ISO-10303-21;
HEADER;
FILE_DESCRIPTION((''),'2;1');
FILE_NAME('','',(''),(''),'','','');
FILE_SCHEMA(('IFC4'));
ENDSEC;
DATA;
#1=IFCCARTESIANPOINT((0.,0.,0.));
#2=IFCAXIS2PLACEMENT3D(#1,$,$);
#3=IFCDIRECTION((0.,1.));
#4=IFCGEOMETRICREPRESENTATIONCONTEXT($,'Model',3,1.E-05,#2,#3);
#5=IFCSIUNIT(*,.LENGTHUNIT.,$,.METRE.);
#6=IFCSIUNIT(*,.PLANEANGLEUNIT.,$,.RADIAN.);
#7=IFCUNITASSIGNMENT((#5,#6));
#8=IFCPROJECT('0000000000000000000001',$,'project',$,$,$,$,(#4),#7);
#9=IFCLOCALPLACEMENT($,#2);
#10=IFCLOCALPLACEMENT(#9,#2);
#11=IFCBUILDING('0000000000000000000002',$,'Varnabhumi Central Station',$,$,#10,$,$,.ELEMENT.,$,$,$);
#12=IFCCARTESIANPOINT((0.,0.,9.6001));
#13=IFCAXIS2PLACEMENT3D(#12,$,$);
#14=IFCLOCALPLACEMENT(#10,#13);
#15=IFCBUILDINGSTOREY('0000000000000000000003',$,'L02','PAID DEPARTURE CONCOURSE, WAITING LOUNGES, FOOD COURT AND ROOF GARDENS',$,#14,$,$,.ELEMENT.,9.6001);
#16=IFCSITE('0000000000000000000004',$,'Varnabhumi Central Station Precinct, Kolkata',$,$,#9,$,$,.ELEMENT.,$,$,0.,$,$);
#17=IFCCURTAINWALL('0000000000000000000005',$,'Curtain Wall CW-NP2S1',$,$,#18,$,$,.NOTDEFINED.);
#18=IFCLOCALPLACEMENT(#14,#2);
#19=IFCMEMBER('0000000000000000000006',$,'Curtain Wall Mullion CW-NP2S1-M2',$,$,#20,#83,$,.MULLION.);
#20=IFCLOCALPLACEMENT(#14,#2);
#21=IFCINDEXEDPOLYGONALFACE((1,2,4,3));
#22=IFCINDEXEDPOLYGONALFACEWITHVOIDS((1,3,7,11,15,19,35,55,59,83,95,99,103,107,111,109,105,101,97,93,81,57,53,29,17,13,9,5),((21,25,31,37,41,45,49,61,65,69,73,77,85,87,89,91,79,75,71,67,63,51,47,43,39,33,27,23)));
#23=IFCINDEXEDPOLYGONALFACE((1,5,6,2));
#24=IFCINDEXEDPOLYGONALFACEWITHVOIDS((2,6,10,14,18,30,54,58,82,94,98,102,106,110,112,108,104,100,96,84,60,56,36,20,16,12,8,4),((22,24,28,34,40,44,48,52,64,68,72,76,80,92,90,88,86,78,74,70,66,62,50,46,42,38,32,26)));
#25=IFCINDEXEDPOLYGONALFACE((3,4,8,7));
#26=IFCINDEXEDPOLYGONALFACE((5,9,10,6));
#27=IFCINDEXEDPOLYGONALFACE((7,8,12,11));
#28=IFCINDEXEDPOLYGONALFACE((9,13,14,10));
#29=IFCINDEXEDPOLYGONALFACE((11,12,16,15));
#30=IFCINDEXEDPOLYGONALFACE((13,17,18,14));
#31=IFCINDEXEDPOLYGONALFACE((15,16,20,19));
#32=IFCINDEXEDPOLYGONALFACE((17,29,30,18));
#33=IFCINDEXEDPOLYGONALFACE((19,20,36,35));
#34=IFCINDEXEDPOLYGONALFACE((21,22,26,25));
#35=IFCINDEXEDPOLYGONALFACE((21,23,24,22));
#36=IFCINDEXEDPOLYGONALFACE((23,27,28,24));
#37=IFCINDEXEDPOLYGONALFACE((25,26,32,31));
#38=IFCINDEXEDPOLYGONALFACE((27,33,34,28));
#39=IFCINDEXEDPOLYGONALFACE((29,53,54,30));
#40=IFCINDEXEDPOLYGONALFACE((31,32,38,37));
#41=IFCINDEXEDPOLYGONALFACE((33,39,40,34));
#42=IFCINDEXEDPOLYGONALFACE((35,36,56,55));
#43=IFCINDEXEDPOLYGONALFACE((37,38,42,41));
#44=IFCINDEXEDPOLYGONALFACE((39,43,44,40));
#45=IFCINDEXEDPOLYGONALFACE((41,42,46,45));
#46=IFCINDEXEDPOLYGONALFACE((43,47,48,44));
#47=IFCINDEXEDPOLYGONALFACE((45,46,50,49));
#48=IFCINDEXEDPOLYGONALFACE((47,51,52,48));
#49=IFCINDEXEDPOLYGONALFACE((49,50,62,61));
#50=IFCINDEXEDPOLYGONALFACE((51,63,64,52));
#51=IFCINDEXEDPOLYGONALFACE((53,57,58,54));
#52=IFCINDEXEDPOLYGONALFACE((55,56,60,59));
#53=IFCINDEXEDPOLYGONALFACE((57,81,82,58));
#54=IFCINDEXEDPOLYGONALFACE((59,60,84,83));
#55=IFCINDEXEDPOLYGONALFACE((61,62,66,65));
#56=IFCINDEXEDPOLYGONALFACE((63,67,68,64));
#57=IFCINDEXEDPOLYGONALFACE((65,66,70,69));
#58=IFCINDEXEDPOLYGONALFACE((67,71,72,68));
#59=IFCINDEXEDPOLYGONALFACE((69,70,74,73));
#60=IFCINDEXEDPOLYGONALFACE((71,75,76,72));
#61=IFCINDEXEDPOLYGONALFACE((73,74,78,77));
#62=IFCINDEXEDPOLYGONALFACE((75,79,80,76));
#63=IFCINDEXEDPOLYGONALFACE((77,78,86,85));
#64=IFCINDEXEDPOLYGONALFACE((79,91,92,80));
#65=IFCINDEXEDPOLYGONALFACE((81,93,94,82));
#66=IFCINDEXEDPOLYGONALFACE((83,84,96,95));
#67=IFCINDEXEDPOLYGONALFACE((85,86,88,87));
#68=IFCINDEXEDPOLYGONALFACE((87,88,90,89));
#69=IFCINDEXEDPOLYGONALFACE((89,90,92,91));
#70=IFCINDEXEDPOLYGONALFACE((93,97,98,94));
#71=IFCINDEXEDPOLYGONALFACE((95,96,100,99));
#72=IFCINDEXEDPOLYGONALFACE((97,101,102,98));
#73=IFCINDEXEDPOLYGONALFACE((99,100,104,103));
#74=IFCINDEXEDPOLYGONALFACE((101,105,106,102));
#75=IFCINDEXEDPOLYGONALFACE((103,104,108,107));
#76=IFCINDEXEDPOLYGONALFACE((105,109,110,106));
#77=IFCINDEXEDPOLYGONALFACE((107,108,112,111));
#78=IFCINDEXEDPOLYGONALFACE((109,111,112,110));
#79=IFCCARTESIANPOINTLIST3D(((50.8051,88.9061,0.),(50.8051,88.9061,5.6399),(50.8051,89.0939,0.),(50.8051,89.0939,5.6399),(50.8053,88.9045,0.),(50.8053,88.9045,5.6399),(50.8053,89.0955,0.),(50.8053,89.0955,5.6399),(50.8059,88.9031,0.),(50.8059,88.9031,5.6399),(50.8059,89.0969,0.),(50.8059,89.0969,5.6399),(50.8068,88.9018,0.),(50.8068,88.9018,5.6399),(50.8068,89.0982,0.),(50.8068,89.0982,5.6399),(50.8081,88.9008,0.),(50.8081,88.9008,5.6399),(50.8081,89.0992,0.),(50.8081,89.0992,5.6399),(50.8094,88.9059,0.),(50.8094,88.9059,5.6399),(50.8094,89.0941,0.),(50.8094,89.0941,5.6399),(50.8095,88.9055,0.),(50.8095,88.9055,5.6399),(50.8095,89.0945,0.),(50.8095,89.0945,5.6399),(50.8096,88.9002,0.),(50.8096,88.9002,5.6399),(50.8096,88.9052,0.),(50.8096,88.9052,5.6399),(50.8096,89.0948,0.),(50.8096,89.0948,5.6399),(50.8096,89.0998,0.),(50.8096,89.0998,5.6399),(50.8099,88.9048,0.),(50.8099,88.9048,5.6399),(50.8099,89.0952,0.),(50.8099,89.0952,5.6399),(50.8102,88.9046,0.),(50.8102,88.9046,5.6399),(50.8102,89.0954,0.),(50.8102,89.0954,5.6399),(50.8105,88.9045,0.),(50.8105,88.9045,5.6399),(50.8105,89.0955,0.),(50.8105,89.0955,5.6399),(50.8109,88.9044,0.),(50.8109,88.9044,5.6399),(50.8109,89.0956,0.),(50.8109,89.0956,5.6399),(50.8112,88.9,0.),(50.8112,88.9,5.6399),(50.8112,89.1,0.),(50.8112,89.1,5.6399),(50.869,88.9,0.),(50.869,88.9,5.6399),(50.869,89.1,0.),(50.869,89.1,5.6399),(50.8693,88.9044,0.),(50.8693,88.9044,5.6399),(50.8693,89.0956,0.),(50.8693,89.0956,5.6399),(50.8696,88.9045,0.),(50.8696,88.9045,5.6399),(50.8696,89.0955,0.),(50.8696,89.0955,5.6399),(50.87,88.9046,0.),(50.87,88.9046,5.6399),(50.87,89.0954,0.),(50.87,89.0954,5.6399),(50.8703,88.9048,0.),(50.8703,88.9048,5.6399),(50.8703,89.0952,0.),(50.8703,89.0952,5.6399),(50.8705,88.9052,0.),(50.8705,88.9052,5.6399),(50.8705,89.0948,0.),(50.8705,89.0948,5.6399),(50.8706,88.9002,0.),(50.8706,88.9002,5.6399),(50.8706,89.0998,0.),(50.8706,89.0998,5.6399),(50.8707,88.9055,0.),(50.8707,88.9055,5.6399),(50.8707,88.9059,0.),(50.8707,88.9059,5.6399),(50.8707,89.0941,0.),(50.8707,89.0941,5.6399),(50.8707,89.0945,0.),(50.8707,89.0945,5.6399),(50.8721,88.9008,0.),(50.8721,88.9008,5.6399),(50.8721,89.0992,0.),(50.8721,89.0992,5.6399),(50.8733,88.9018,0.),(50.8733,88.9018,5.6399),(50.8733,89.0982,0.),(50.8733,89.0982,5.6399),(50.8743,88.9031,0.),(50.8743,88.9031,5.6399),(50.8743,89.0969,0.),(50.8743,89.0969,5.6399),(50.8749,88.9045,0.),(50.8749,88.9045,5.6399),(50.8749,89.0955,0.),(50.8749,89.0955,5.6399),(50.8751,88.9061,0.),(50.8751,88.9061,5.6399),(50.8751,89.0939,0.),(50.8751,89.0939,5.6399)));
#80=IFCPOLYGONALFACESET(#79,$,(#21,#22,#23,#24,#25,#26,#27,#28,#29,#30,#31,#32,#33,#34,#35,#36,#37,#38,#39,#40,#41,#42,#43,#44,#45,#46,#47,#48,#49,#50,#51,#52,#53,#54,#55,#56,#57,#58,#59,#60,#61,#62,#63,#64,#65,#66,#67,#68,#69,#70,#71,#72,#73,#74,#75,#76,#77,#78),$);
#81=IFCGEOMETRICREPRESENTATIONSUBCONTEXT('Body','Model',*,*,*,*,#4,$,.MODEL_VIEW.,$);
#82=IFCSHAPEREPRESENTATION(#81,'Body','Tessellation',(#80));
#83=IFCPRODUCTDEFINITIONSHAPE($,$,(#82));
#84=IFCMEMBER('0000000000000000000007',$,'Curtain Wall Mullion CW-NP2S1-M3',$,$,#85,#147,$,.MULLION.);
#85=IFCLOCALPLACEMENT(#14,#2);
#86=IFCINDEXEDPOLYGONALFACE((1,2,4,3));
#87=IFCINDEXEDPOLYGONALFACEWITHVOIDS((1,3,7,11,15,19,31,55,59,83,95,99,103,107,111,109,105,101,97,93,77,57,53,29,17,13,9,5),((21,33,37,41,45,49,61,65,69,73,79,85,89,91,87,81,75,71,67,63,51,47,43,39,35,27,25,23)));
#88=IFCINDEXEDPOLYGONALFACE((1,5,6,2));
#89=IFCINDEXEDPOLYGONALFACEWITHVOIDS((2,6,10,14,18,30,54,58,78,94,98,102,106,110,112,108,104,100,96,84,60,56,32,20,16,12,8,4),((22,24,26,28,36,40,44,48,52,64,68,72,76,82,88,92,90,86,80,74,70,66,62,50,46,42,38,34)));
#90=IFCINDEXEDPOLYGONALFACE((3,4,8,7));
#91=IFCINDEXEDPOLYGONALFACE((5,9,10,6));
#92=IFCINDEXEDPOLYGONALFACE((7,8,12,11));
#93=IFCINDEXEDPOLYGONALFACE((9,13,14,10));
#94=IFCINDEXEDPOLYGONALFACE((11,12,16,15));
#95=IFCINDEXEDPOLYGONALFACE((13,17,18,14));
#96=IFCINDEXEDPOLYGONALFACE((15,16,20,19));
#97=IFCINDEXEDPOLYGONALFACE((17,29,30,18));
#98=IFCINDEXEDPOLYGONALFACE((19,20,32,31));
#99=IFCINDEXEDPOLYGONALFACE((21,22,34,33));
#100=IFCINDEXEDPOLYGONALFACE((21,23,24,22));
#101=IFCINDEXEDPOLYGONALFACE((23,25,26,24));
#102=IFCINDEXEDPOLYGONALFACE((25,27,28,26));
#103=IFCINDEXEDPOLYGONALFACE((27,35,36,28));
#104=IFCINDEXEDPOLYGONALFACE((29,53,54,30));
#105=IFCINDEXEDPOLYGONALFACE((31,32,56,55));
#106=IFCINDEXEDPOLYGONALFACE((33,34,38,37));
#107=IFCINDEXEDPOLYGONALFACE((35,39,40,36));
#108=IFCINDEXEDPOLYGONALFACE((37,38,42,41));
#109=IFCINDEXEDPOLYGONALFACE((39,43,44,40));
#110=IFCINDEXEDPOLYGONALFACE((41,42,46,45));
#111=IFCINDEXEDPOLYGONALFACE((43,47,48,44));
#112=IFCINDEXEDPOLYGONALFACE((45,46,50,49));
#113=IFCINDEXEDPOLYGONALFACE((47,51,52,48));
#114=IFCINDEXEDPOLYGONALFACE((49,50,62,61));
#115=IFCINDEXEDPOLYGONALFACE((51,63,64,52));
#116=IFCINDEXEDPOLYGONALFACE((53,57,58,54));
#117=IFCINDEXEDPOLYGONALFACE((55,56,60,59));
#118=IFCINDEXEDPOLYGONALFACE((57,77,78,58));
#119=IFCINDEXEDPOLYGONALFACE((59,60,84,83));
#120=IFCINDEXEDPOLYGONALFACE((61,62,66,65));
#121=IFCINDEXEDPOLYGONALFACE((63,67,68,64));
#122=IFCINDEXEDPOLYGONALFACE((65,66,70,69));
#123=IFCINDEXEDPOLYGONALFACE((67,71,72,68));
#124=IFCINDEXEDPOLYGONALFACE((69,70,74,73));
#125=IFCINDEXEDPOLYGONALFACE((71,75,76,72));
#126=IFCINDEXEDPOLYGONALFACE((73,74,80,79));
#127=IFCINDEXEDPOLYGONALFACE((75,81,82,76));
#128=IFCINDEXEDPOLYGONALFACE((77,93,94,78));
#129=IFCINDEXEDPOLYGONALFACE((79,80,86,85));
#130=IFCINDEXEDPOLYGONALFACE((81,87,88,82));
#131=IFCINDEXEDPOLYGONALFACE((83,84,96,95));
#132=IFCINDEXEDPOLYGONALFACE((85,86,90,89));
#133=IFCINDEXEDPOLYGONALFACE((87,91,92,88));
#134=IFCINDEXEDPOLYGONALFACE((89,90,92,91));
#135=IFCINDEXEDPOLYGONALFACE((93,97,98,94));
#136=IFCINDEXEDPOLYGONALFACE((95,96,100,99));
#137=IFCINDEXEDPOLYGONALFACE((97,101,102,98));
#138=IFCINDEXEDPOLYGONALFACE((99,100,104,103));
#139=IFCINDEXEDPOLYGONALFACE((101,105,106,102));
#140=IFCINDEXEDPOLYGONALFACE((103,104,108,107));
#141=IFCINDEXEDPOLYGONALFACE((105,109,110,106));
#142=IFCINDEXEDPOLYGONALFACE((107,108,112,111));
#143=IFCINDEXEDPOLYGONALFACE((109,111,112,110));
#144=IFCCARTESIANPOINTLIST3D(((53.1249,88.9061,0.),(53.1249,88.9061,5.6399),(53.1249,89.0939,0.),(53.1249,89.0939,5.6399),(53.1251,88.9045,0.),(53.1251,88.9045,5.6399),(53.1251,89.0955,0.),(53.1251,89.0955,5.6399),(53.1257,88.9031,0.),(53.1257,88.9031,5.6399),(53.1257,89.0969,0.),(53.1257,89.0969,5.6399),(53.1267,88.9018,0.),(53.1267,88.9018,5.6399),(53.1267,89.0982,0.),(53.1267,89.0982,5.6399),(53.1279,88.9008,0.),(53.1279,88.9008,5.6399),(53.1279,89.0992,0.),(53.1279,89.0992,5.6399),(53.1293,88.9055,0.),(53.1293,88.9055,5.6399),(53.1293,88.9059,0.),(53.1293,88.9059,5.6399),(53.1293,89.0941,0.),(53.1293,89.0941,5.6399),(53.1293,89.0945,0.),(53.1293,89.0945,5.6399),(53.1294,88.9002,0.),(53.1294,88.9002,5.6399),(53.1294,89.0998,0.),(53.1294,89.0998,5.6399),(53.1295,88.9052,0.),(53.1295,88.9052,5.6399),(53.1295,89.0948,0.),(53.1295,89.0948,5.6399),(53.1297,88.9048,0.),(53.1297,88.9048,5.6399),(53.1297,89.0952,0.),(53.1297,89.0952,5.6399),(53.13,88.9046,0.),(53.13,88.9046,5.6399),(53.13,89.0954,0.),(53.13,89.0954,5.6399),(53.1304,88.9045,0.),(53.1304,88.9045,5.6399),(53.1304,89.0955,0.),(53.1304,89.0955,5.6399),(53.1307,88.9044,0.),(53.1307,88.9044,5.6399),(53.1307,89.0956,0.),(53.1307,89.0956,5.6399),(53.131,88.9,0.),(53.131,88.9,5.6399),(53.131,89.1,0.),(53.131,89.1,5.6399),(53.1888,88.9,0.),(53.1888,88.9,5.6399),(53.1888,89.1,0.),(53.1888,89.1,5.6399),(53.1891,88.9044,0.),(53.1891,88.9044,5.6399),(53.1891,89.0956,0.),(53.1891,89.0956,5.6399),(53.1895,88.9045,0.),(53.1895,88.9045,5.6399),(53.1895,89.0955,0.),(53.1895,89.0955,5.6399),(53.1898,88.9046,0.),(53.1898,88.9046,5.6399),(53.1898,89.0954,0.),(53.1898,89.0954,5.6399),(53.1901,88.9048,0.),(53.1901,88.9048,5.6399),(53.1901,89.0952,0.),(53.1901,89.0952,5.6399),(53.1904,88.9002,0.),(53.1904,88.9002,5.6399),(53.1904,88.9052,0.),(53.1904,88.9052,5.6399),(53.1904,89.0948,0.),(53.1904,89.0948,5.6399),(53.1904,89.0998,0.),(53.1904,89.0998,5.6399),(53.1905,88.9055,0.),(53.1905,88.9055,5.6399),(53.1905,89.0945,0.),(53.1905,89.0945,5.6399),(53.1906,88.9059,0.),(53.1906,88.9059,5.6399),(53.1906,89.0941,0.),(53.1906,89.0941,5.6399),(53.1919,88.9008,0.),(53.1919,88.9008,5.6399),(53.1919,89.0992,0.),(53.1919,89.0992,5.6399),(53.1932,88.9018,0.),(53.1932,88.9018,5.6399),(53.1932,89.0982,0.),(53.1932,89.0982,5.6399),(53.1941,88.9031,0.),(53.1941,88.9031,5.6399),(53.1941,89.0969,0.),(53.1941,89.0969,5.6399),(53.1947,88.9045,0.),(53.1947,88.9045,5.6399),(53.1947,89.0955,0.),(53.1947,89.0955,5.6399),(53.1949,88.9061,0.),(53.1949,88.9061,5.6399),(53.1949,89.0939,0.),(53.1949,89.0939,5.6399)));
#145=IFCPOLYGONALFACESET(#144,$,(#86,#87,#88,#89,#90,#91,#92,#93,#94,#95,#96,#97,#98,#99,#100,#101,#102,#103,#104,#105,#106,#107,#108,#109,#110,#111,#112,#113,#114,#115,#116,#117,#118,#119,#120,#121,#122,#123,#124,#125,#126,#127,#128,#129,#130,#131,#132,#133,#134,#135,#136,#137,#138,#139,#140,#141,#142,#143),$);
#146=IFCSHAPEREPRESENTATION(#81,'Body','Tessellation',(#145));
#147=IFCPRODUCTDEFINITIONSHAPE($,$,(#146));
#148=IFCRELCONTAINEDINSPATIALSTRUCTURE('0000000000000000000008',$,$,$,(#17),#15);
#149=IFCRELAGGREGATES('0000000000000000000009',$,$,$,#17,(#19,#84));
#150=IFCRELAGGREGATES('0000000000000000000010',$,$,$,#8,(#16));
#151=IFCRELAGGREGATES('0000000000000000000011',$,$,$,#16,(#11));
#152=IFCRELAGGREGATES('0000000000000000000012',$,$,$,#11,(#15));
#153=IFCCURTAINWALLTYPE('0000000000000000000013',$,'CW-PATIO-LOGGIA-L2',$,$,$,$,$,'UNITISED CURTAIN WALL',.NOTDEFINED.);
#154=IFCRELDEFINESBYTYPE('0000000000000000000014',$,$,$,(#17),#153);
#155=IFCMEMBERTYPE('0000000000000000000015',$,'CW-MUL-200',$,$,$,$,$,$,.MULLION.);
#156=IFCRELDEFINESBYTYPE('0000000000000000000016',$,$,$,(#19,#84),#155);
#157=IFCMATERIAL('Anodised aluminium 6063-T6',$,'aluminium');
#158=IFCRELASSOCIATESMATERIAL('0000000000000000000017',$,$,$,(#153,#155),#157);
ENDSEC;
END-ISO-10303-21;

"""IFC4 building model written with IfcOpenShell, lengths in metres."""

from ifc_helpers import new_model, si_unit, direction, frame, origin, origin_2d, place, context, subcontext, project, spatial, hollow_rectangle, extrude, material, material_profile, profile_set, type_object, element, aggregate, save


model = new_model("IFC4")

# Units and contexts
model_context = context("Model", 3, precision=1e-05, world=origin(), true_north=direction((0.0, 1.0)))
body_context = subcontext(model_context, "Body", "Model", "MODEL_VIEW")
ifc_project = project(units=[si_unit("LENGTHUNIT", "METRE"), si_unit("PLANEANGLEUNIT", "RADIAN")], contexts=[model_context])

# Site, building, storey
site_placement = place(None, origin())
site = spatial("IfcSite", under=ifc_project, at=site_placement, Name="Varnabhumi Central Station Precinct, Kolkata", CompositionType="ELEMENT", RefElevation=0.0)
building_placement = place(site_placement, origin())
building = spatial("IfcBuilding", under=site, at=building_placement, Name="Varnabhumi Central Station", CompositionType="ELEMENT")
storey_placement = place(building_placement, frame((0.0, 0.0, 9.6001)))
storey = spatial("IfcBuildingStorey", under=building, at=storey_placement, Name="L02", Description="PAID DEPARTURE CONCOURSE, WAITING LOUNGES, FOOD COURT AND ROOF GARDENS", CompositionType="ELEMENT", Elevation=9.6001)

# Curtain wall, members
ifc_material_1 = material(Name="Anodised aluminium 6063-T6", Category="aluminium")
curtain_wall_type = type_object("IfcCurtainWallType", Name="CW-PATIO-LOGGIA-L2", ElementType="UNITISED CURTAIN WALL", PredefinedType="NOTDEFINED", material=ifc_material_1)
curtain_wall_placement = place(storey_placement, origin())
curtain_wall = element("IfcCurtainWall", 1, at=curtain_wall_placement, inside=storey, type_object=curtain_wall_type, Name="Curtain Wall CW-NP2S1", PredefinedType="NOTDEFINED")
ifc_material_profile_1 = material_profile(ifc_material_1, hollow_rectangle(XDim=0.0701, YDim=0.2, WallThickness=0.0044, InnerFilletRadius=0.0015, OuterFilletRadius=0.0061, at=origin_2d()), Name="Anodised aluminium 6063-T6", Category="aluminium")
ifc_profile_set_1 = profile_set([ifc_material_profile_1], Name="Anodised aluminium 6063-T6")
member_type_1 = type_object("IfcMemberType", Name="CW-MUL-200", PredefinedType="MULLION", material=ifc_profile_set_1)
member_1_placement = place(storey_placement, frame((50.8401, 89.0, 0.0), z_axis=(0.0, 0.0, 1.0), x_axis=(1.0, 0.0, 0.0)))
member_1 = element("IfcMember", 2, at=member_1_placement, type_object=member_type_1, Name="Curtain Wall Mullion CW-NP2S1-M2", PredefinedType="MULLION", context=body_context, shape_type="SweptSolid", body=[
    extrude(hollow_rectangle(XDim=0.0701, YDim=0.2, WallThickness=0.0044, InnerFilletRadius=0.0015, OuterFilletRadius=0.0061, at=origin_2d()), origin(), (0.0, 0.0, 1.0), 5.6399),
])
member_2_placement = place(storey_placement, frame((53.1599, 89.0, 0.0), z_axis=(0.0, 0.0, 1.0), x_axis=(1.0, 0.0, 0.0)))
member_2 = element("IfcMember", 3, at=member_2_placement, type_object=member_type_1, Name="Curtain Wall Mullion CW-NP2S1-M3", PredefinedType="MULLION", context=body_context, shape_type="SweptSolid", body=[
    extrude(hollow_rectangle(XDim=0.0701, YDim=0.2, WallThickness=0.0044, InnerFilletRadius=0.0015, OuterFilletRadius=0.0061, at=origin_2d()), origin(), (0.0, 0.0, 1.0), 5.6399),
])

aggregate(curtain_wall, [member_1, member_2])

save(model, "model.ifc")
